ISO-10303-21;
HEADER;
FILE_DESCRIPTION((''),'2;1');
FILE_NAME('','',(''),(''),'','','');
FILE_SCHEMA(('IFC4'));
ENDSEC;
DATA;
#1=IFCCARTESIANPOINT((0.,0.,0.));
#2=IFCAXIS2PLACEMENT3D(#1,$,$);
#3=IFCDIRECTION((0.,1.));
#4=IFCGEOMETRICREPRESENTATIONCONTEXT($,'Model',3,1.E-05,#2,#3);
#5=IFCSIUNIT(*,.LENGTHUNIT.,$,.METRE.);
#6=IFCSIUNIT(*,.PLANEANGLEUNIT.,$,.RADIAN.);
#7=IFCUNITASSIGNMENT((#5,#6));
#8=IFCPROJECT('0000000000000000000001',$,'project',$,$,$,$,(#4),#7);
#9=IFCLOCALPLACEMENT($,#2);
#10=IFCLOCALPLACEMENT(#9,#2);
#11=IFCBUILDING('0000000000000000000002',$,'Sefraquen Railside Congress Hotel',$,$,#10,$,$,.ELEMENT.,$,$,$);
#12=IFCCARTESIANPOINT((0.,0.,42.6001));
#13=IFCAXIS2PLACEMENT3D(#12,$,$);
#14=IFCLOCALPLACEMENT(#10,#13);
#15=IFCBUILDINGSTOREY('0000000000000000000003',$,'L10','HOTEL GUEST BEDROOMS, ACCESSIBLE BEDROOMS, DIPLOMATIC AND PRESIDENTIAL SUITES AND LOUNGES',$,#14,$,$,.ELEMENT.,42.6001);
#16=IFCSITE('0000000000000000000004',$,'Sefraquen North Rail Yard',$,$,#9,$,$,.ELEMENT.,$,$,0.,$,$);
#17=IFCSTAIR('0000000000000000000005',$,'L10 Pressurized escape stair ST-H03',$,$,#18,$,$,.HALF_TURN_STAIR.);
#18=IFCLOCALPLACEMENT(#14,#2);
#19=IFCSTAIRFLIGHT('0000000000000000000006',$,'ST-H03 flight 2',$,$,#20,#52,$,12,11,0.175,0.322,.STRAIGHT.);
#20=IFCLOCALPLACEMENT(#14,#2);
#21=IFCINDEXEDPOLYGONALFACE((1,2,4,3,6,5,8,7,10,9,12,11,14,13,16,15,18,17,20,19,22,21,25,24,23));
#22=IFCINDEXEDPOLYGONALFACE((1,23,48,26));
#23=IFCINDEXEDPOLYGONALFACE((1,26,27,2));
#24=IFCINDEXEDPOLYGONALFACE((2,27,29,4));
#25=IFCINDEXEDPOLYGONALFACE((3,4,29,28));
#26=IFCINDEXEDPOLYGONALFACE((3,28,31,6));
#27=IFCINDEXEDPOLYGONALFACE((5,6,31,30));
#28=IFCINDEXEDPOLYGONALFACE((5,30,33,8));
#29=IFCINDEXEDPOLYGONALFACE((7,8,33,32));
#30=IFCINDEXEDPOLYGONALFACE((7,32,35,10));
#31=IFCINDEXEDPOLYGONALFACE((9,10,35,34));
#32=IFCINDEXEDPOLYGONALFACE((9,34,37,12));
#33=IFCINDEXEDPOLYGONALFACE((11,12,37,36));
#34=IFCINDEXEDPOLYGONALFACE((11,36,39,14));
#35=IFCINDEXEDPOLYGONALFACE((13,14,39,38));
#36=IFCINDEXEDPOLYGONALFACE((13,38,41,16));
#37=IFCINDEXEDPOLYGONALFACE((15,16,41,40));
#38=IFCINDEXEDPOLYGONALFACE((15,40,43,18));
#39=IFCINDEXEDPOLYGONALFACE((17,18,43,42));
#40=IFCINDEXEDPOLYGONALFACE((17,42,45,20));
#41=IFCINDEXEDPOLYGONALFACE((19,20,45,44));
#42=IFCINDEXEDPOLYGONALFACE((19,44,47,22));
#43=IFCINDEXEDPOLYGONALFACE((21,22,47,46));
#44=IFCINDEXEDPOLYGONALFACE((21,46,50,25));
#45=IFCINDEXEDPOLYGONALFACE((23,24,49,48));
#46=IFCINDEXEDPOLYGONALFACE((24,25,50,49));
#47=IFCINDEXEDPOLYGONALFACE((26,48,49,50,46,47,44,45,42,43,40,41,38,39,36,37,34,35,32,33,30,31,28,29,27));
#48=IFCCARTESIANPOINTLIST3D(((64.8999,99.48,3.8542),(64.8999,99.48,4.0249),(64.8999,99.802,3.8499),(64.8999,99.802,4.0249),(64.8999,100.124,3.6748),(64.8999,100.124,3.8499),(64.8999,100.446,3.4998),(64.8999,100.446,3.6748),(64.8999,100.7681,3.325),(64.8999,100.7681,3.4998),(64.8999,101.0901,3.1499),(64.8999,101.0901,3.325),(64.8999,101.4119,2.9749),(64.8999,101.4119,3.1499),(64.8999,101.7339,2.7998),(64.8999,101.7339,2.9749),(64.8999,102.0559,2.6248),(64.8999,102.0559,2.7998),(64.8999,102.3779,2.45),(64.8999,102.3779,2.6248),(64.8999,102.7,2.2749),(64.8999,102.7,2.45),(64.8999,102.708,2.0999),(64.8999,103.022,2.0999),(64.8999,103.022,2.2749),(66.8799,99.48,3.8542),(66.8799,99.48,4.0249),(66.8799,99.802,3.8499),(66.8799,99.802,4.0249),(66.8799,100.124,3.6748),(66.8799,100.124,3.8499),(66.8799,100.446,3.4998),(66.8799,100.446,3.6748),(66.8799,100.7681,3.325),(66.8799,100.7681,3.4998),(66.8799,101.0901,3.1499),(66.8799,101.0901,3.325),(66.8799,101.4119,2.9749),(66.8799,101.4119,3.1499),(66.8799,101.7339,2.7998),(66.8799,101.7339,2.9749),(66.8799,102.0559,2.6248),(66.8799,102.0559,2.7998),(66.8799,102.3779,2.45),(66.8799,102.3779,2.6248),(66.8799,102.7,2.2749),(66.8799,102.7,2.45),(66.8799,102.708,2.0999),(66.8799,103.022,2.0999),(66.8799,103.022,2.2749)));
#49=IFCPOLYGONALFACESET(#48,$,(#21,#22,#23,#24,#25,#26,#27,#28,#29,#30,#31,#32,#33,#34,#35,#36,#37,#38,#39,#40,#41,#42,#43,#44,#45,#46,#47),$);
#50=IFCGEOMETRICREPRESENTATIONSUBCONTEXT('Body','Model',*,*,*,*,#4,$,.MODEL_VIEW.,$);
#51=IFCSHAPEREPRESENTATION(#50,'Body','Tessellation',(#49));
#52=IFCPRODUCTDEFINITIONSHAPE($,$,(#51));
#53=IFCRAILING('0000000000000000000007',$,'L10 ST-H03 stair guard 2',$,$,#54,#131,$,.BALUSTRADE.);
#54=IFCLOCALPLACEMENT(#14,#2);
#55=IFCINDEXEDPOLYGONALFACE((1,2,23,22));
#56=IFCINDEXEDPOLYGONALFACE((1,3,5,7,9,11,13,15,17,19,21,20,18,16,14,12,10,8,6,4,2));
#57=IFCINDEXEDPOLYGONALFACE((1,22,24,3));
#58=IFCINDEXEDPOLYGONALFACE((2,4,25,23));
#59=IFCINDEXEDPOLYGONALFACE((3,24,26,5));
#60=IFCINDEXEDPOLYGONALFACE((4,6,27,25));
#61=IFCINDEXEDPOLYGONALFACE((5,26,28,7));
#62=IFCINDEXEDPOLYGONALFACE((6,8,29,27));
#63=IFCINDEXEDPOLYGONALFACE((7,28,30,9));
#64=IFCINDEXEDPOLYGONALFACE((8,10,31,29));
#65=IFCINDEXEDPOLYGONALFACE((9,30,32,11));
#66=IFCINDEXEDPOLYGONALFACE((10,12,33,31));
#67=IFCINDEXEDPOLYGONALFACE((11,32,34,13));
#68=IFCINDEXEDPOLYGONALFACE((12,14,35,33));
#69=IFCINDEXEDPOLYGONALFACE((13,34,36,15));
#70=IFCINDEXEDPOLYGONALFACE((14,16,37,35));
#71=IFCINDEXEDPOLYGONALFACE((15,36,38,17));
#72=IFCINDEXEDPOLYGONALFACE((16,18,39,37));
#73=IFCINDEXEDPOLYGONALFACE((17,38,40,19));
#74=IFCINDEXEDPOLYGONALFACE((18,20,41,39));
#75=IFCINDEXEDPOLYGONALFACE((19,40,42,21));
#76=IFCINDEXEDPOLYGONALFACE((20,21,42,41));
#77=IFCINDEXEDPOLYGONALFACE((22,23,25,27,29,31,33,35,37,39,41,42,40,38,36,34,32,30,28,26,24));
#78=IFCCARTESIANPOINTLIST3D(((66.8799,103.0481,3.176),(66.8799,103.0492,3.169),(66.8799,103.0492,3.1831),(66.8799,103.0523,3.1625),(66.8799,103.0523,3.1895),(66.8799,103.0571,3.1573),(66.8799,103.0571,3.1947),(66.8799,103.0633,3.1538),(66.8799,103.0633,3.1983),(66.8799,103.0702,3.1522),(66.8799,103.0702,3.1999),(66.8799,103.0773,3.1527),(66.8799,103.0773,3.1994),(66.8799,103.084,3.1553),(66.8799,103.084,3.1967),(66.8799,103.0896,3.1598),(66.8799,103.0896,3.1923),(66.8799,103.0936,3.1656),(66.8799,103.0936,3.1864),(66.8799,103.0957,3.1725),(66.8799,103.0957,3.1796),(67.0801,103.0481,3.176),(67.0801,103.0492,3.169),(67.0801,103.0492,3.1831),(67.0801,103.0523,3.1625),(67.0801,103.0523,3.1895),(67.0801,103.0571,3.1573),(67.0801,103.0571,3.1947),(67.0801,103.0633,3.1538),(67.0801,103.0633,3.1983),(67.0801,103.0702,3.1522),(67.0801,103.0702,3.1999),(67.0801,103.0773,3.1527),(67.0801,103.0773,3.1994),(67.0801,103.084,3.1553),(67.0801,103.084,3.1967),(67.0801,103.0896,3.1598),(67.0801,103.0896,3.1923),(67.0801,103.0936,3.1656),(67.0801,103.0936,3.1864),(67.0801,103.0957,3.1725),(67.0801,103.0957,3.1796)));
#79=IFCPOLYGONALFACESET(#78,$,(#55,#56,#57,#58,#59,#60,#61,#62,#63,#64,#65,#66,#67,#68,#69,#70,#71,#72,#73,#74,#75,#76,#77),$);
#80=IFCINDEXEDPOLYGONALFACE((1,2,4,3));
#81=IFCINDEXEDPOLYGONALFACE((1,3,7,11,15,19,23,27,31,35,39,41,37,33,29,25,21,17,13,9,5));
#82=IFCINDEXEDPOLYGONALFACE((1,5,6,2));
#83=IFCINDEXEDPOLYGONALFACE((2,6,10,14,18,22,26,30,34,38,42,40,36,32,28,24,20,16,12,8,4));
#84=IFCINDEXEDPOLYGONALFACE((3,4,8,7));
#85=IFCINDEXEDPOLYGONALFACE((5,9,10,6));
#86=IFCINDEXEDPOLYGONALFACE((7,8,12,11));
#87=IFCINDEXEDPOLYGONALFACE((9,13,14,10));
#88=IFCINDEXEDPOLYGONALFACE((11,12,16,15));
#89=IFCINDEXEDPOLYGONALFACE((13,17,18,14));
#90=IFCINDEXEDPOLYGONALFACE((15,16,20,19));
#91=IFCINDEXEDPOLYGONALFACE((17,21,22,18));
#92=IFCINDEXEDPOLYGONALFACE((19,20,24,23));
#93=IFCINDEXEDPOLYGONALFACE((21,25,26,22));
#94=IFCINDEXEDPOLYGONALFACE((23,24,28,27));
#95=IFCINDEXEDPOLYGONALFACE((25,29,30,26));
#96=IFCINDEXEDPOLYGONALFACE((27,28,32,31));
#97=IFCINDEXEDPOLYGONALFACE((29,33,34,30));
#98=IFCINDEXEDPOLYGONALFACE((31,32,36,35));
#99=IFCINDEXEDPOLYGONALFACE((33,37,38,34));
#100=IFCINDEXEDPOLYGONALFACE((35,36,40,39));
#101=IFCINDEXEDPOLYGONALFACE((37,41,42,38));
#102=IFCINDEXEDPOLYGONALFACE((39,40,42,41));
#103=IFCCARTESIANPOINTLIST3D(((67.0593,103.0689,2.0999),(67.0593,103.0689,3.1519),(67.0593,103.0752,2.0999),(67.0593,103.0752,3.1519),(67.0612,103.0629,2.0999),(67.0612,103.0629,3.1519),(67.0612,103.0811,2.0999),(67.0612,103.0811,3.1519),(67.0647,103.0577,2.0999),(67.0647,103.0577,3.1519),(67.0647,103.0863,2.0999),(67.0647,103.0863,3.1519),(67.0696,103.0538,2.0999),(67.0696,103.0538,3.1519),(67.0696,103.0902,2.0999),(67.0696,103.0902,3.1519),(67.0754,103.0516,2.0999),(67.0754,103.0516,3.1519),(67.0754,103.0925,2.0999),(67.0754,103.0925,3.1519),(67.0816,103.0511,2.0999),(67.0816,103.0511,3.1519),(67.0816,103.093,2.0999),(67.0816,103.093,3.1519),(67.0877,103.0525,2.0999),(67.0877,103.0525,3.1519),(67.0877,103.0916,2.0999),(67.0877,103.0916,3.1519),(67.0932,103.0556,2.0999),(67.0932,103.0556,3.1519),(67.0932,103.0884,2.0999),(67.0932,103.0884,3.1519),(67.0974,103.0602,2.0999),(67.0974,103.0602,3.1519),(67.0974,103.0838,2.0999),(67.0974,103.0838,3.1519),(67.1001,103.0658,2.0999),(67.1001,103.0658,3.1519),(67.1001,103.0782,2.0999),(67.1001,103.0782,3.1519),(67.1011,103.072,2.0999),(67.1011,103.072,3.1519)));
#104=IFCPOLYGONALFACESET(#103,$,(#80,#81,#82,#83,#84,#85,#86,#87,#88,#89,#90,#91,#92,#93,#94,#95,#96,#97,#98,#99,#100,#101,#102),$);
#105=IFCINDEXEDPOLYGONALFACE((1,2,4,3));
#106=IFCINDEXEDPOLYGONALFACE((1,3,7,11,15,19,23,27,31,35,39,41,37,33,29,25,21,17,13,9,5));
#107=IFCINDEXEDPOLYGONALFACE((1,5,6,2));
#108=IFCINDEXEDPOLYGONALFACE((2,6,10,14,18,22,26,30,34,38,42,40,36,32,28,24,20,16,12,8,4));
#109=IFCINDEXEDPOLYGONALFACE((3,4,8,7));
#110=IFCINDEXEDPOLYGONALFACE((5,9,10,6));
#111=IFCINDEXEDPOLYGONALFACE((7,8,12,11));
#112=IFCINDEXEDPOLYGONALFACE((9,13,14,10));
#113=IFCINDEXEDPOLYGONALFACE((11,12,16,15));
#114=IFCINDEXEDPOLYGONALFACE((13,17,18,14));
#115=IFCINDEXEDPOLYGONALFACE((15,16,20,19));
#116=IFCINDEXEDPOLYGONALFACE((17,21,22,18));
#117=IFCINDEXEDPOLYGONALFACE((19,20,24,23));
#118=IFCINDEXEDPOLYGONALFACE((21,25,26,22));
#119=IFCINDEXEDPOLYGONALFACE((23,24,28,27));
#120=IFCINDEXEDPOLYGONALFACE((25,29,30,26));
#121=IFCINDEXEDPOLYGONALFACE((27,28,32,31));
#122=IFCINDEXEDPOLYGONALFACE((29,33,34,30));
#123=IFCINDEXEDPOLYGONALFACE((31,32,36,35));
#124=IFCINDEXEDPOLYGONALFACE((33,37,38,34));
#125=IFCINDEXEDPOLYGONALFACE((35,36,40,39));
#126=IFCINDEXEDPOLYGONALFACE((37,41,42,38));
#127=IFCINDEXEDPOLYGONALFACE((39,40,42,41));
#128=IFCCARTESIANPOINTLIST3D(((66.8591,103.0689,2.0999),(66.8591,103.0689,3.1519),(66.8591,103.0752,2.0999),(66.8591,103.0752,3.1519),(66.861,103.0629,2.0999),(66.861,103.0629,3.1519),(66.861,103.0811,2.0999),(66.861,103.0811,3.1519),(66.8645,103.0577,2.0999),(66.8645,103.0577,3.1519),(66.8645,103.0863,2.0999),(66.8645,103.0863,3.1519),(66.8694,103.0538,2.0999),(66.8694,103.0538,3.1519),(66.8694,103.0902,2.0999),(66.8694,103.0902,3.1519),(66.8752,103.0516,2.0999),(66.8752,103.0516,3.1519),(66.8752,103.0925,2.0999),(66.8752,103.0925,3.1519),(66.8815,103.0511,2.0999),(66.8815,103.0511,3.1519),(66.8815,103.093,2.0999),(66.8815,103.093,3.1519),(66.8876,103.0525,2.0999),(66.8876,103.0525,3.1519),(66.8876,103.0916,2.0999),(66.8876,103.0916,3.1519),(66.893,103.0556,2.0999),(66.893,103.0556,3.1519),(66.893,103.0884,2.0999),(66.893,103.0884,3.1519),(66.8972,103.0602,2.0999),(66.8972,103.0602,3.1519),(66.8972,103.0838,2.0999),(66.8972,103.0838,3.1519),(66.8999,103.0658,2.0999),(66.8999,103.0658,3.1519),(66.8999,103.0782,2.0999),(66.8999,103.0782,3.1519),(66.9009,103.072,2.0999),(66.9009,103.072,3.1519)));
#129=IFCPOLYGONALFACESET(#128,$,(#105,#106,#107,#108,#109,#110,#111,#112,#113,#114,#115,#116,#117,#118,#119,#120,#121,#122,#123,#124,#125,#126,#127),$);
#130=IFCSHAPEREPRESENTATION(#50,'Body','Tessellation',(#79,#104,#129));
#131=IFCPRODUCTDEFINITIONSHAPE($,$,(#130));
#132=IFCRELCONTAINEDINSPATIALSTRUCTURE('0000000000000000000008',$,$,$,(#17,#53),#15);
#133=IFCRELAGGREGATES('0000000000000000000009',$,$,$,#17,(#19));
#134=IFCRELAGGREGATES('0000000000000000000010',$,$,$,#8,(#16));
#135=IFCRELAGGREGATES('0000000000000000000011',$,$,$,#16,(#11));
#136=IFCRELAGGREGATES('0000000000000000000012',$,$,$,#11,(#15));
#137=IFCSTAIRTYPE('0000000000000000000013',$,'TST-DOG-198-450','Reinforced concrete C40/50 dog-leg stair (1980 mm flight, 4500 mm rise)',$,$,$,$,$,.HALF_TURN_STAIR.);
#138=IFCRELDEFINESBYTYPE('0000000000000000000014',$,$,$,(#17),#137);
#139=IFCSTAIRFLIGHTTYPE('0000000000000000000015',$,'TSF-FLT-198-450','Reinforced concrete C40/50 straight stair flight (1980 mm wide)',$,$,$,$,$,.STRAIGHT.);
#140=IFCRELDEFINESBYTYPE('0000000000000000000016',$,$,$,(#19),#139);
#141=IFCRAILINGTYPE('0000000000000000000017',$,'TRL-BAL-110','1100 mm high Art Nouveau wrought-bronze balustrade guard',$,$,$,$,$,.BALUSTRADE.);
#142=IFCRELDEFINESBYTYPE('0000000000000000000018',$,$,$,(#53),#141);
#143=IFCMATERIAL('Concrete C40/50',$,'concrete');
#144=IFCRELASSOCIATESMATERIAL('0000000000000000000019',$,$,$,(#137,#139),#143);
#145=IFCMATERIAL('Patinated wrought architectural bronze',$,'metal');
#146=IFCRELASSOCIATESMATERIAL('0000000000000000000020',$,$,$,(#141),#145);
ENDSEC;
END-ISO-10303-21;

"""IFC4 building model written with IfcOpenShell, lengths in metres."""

from ifc_helpers import new_model, si_unit, direction, frame, origin, origin_2d, place, context, subcontext, project, spatial, polyline, circle, outline, extrude, material, type_object, element, aggregate, save


model = new_model("IFC4")

# Units and contexts
model_context = context("Model", 3, precision=1e-05, world=origin(), true_north=direction((0.0, 1.0)))
body_context = subcontext(model_context, "Body", "Model", "MODEL_VIEW")
ifc_project = project(units=[si_unit("LENGTHUNIT", "METRE"), si_unit("PLANEANGLEUNIT", "RADIAN")], contexts=[model_context])

# Site, building, storey
site_placement = place(None, origin())
site = spatial("IfcSite", under=ifc_project, at=site_placement, Name="Sefraquen North Rail Yard", CompositionType="ELEMENT", RefElevation=0.0)
building_placement = place(site_placement, origin())
building = spatial("IfcBuilding", under=site, at=building_placement, Name="Sefraquen Railside Congress Hotel", CompositionType="ELEMENT")
storey_placement = place(building_placement, frame((0.0, 0.0, 42.6001)))
storey = spatial("IfcBuildingStorey", under=building, at=storey_placement, Name="L10", Description="HOTEL GUEST BEDROOMS, ACCESSIBLE BEDROOMS, DIPLOMATIC AND PRESIDENTIAL SUITES AND LOUNGES", CompositionType="ELEMENT", Elevation=42.6001)

# Shared definitions
ifc_material_1 = material(Name="Concrete C40/50", Category="concrete")

# Stair, stair flight
stair_type = type_object("IfcStairType", Name="TST-DOG-198-450", Description="Reinforced concrete C40/50 dog-leg stair (1980 mm flight, 4500 mm rise)", PredefinedType="HALF_TURN_STAIR", material=ifc_material_1)
stair_placement = place(storey_placement, origin())
stair = element("IfcStair", 1, at=stair_placement, inside=storey, type_object=stair_type, Name="L10 Pressurized escape stair ST-H03", PredefinedType="HALF_TURN_STAIR")
stair_flight_type = type_object("IfcStairFlightType", Name="TSF-FLT-198-450", Description="Reinforced concrete C40/50 straight stair flight (1980 mm wide)", PredefinedType="STRAIGHT", material=ifc_material_1)
stair_flight_placement = place(storey_placement, frame((65.8899, 103.022, 2.0999), z_axis=(0.0, 0.0, 1.0), x_axis=(0.0, -1.0, 0.0)))
stair_flight = element("IfcStairFlight", 2, at=stair_flight_placement, type_object=stair_flight_type, Name="ST-H03 flight 2", NumberOfRisers=12, NumberOfTreads=11, PredefinedType="STRAIGHT", RiserHeight=0.175, TreadLength=0.322, context=body_context, shape_type="SweptSolid", body=[
    extrude(outline(polyline([(0.0, 0.0), (0.0, 0.175), (0.322, 0.175), (0.322, 0.3501), (0.644, 0.3501), (0.644, 0.5249), (0.9661, 0.5249), (0.9661, 0.7), (1.2881, 0.7), (1.2881, 0.875), (1.6101, 0.875), (1.6101, 1.05), (1.9319, 1.05), (1.9319, 1.2251), (2.2539, 1.2251), (2.2539, 1.3999), (2.5759, 1.3999), (2.5759, 1.575), (2.8979, 1.575), (2.8979, 1.75), (3.22, 1.75), (3.22, 1.925), (3.542, 1.925), (3.542, 2.1001), (3.542, 1.7544), (0.314, 0.0), (0.0, 0.0)])), frame((0.0, 0.99, 0.0), z_axis=(0.0, -1.0, 0.0), x_axis=(1.0, 0.0, 0.0)), (0.0, 0.0, 1.0), 1.98),
])
aggregate(stair, [stair_flight])

# Railing
ifc_material_2 = material(Name="Patinated wrought architectural bronze", Category="metal")
railing_type_1 = type_object("IfcRailingType", Name="TRL-BAL-110", Description="1100 mm high Art Nouveau wrought-bronze balustrade guard", PredefinedType="BALUSTRADE", material=ifc_material_2)
railing_1_placement = place(storey_placement, frame((67.0801, 103.072, 2.0999)))
element("IfcRailing", 3, at=railing_1_placement, inside=storey, type_object=railing_type_1, Name="L10 ST-H03 stair guard 2", PredefinedType="BALUSTRADE", context=body_context, shape_type="SweptSolid", body=[
    extrude(circle(Radius=0.0239, at=origin_2d()), frame((0.0, 0.0, 1.0762), z_axis=(-1.0, 0.0, 0.0), x_axis=(0.0, -1.0, 0.0)), (0.0, 0.0, 1.0), 0.2002),
    extrude(circle(Radius=0.021, at=origin_2d()), origin(), (0.0, 0.0, 1.0), 1.052),
    extrude(circle(Radius=0.021, at=origin_2d()), frame((-0.2002, 0.0, 0.0)), (0.0, 0.0, 1.0), 1.052),
])

save(model, "model.ifc")
